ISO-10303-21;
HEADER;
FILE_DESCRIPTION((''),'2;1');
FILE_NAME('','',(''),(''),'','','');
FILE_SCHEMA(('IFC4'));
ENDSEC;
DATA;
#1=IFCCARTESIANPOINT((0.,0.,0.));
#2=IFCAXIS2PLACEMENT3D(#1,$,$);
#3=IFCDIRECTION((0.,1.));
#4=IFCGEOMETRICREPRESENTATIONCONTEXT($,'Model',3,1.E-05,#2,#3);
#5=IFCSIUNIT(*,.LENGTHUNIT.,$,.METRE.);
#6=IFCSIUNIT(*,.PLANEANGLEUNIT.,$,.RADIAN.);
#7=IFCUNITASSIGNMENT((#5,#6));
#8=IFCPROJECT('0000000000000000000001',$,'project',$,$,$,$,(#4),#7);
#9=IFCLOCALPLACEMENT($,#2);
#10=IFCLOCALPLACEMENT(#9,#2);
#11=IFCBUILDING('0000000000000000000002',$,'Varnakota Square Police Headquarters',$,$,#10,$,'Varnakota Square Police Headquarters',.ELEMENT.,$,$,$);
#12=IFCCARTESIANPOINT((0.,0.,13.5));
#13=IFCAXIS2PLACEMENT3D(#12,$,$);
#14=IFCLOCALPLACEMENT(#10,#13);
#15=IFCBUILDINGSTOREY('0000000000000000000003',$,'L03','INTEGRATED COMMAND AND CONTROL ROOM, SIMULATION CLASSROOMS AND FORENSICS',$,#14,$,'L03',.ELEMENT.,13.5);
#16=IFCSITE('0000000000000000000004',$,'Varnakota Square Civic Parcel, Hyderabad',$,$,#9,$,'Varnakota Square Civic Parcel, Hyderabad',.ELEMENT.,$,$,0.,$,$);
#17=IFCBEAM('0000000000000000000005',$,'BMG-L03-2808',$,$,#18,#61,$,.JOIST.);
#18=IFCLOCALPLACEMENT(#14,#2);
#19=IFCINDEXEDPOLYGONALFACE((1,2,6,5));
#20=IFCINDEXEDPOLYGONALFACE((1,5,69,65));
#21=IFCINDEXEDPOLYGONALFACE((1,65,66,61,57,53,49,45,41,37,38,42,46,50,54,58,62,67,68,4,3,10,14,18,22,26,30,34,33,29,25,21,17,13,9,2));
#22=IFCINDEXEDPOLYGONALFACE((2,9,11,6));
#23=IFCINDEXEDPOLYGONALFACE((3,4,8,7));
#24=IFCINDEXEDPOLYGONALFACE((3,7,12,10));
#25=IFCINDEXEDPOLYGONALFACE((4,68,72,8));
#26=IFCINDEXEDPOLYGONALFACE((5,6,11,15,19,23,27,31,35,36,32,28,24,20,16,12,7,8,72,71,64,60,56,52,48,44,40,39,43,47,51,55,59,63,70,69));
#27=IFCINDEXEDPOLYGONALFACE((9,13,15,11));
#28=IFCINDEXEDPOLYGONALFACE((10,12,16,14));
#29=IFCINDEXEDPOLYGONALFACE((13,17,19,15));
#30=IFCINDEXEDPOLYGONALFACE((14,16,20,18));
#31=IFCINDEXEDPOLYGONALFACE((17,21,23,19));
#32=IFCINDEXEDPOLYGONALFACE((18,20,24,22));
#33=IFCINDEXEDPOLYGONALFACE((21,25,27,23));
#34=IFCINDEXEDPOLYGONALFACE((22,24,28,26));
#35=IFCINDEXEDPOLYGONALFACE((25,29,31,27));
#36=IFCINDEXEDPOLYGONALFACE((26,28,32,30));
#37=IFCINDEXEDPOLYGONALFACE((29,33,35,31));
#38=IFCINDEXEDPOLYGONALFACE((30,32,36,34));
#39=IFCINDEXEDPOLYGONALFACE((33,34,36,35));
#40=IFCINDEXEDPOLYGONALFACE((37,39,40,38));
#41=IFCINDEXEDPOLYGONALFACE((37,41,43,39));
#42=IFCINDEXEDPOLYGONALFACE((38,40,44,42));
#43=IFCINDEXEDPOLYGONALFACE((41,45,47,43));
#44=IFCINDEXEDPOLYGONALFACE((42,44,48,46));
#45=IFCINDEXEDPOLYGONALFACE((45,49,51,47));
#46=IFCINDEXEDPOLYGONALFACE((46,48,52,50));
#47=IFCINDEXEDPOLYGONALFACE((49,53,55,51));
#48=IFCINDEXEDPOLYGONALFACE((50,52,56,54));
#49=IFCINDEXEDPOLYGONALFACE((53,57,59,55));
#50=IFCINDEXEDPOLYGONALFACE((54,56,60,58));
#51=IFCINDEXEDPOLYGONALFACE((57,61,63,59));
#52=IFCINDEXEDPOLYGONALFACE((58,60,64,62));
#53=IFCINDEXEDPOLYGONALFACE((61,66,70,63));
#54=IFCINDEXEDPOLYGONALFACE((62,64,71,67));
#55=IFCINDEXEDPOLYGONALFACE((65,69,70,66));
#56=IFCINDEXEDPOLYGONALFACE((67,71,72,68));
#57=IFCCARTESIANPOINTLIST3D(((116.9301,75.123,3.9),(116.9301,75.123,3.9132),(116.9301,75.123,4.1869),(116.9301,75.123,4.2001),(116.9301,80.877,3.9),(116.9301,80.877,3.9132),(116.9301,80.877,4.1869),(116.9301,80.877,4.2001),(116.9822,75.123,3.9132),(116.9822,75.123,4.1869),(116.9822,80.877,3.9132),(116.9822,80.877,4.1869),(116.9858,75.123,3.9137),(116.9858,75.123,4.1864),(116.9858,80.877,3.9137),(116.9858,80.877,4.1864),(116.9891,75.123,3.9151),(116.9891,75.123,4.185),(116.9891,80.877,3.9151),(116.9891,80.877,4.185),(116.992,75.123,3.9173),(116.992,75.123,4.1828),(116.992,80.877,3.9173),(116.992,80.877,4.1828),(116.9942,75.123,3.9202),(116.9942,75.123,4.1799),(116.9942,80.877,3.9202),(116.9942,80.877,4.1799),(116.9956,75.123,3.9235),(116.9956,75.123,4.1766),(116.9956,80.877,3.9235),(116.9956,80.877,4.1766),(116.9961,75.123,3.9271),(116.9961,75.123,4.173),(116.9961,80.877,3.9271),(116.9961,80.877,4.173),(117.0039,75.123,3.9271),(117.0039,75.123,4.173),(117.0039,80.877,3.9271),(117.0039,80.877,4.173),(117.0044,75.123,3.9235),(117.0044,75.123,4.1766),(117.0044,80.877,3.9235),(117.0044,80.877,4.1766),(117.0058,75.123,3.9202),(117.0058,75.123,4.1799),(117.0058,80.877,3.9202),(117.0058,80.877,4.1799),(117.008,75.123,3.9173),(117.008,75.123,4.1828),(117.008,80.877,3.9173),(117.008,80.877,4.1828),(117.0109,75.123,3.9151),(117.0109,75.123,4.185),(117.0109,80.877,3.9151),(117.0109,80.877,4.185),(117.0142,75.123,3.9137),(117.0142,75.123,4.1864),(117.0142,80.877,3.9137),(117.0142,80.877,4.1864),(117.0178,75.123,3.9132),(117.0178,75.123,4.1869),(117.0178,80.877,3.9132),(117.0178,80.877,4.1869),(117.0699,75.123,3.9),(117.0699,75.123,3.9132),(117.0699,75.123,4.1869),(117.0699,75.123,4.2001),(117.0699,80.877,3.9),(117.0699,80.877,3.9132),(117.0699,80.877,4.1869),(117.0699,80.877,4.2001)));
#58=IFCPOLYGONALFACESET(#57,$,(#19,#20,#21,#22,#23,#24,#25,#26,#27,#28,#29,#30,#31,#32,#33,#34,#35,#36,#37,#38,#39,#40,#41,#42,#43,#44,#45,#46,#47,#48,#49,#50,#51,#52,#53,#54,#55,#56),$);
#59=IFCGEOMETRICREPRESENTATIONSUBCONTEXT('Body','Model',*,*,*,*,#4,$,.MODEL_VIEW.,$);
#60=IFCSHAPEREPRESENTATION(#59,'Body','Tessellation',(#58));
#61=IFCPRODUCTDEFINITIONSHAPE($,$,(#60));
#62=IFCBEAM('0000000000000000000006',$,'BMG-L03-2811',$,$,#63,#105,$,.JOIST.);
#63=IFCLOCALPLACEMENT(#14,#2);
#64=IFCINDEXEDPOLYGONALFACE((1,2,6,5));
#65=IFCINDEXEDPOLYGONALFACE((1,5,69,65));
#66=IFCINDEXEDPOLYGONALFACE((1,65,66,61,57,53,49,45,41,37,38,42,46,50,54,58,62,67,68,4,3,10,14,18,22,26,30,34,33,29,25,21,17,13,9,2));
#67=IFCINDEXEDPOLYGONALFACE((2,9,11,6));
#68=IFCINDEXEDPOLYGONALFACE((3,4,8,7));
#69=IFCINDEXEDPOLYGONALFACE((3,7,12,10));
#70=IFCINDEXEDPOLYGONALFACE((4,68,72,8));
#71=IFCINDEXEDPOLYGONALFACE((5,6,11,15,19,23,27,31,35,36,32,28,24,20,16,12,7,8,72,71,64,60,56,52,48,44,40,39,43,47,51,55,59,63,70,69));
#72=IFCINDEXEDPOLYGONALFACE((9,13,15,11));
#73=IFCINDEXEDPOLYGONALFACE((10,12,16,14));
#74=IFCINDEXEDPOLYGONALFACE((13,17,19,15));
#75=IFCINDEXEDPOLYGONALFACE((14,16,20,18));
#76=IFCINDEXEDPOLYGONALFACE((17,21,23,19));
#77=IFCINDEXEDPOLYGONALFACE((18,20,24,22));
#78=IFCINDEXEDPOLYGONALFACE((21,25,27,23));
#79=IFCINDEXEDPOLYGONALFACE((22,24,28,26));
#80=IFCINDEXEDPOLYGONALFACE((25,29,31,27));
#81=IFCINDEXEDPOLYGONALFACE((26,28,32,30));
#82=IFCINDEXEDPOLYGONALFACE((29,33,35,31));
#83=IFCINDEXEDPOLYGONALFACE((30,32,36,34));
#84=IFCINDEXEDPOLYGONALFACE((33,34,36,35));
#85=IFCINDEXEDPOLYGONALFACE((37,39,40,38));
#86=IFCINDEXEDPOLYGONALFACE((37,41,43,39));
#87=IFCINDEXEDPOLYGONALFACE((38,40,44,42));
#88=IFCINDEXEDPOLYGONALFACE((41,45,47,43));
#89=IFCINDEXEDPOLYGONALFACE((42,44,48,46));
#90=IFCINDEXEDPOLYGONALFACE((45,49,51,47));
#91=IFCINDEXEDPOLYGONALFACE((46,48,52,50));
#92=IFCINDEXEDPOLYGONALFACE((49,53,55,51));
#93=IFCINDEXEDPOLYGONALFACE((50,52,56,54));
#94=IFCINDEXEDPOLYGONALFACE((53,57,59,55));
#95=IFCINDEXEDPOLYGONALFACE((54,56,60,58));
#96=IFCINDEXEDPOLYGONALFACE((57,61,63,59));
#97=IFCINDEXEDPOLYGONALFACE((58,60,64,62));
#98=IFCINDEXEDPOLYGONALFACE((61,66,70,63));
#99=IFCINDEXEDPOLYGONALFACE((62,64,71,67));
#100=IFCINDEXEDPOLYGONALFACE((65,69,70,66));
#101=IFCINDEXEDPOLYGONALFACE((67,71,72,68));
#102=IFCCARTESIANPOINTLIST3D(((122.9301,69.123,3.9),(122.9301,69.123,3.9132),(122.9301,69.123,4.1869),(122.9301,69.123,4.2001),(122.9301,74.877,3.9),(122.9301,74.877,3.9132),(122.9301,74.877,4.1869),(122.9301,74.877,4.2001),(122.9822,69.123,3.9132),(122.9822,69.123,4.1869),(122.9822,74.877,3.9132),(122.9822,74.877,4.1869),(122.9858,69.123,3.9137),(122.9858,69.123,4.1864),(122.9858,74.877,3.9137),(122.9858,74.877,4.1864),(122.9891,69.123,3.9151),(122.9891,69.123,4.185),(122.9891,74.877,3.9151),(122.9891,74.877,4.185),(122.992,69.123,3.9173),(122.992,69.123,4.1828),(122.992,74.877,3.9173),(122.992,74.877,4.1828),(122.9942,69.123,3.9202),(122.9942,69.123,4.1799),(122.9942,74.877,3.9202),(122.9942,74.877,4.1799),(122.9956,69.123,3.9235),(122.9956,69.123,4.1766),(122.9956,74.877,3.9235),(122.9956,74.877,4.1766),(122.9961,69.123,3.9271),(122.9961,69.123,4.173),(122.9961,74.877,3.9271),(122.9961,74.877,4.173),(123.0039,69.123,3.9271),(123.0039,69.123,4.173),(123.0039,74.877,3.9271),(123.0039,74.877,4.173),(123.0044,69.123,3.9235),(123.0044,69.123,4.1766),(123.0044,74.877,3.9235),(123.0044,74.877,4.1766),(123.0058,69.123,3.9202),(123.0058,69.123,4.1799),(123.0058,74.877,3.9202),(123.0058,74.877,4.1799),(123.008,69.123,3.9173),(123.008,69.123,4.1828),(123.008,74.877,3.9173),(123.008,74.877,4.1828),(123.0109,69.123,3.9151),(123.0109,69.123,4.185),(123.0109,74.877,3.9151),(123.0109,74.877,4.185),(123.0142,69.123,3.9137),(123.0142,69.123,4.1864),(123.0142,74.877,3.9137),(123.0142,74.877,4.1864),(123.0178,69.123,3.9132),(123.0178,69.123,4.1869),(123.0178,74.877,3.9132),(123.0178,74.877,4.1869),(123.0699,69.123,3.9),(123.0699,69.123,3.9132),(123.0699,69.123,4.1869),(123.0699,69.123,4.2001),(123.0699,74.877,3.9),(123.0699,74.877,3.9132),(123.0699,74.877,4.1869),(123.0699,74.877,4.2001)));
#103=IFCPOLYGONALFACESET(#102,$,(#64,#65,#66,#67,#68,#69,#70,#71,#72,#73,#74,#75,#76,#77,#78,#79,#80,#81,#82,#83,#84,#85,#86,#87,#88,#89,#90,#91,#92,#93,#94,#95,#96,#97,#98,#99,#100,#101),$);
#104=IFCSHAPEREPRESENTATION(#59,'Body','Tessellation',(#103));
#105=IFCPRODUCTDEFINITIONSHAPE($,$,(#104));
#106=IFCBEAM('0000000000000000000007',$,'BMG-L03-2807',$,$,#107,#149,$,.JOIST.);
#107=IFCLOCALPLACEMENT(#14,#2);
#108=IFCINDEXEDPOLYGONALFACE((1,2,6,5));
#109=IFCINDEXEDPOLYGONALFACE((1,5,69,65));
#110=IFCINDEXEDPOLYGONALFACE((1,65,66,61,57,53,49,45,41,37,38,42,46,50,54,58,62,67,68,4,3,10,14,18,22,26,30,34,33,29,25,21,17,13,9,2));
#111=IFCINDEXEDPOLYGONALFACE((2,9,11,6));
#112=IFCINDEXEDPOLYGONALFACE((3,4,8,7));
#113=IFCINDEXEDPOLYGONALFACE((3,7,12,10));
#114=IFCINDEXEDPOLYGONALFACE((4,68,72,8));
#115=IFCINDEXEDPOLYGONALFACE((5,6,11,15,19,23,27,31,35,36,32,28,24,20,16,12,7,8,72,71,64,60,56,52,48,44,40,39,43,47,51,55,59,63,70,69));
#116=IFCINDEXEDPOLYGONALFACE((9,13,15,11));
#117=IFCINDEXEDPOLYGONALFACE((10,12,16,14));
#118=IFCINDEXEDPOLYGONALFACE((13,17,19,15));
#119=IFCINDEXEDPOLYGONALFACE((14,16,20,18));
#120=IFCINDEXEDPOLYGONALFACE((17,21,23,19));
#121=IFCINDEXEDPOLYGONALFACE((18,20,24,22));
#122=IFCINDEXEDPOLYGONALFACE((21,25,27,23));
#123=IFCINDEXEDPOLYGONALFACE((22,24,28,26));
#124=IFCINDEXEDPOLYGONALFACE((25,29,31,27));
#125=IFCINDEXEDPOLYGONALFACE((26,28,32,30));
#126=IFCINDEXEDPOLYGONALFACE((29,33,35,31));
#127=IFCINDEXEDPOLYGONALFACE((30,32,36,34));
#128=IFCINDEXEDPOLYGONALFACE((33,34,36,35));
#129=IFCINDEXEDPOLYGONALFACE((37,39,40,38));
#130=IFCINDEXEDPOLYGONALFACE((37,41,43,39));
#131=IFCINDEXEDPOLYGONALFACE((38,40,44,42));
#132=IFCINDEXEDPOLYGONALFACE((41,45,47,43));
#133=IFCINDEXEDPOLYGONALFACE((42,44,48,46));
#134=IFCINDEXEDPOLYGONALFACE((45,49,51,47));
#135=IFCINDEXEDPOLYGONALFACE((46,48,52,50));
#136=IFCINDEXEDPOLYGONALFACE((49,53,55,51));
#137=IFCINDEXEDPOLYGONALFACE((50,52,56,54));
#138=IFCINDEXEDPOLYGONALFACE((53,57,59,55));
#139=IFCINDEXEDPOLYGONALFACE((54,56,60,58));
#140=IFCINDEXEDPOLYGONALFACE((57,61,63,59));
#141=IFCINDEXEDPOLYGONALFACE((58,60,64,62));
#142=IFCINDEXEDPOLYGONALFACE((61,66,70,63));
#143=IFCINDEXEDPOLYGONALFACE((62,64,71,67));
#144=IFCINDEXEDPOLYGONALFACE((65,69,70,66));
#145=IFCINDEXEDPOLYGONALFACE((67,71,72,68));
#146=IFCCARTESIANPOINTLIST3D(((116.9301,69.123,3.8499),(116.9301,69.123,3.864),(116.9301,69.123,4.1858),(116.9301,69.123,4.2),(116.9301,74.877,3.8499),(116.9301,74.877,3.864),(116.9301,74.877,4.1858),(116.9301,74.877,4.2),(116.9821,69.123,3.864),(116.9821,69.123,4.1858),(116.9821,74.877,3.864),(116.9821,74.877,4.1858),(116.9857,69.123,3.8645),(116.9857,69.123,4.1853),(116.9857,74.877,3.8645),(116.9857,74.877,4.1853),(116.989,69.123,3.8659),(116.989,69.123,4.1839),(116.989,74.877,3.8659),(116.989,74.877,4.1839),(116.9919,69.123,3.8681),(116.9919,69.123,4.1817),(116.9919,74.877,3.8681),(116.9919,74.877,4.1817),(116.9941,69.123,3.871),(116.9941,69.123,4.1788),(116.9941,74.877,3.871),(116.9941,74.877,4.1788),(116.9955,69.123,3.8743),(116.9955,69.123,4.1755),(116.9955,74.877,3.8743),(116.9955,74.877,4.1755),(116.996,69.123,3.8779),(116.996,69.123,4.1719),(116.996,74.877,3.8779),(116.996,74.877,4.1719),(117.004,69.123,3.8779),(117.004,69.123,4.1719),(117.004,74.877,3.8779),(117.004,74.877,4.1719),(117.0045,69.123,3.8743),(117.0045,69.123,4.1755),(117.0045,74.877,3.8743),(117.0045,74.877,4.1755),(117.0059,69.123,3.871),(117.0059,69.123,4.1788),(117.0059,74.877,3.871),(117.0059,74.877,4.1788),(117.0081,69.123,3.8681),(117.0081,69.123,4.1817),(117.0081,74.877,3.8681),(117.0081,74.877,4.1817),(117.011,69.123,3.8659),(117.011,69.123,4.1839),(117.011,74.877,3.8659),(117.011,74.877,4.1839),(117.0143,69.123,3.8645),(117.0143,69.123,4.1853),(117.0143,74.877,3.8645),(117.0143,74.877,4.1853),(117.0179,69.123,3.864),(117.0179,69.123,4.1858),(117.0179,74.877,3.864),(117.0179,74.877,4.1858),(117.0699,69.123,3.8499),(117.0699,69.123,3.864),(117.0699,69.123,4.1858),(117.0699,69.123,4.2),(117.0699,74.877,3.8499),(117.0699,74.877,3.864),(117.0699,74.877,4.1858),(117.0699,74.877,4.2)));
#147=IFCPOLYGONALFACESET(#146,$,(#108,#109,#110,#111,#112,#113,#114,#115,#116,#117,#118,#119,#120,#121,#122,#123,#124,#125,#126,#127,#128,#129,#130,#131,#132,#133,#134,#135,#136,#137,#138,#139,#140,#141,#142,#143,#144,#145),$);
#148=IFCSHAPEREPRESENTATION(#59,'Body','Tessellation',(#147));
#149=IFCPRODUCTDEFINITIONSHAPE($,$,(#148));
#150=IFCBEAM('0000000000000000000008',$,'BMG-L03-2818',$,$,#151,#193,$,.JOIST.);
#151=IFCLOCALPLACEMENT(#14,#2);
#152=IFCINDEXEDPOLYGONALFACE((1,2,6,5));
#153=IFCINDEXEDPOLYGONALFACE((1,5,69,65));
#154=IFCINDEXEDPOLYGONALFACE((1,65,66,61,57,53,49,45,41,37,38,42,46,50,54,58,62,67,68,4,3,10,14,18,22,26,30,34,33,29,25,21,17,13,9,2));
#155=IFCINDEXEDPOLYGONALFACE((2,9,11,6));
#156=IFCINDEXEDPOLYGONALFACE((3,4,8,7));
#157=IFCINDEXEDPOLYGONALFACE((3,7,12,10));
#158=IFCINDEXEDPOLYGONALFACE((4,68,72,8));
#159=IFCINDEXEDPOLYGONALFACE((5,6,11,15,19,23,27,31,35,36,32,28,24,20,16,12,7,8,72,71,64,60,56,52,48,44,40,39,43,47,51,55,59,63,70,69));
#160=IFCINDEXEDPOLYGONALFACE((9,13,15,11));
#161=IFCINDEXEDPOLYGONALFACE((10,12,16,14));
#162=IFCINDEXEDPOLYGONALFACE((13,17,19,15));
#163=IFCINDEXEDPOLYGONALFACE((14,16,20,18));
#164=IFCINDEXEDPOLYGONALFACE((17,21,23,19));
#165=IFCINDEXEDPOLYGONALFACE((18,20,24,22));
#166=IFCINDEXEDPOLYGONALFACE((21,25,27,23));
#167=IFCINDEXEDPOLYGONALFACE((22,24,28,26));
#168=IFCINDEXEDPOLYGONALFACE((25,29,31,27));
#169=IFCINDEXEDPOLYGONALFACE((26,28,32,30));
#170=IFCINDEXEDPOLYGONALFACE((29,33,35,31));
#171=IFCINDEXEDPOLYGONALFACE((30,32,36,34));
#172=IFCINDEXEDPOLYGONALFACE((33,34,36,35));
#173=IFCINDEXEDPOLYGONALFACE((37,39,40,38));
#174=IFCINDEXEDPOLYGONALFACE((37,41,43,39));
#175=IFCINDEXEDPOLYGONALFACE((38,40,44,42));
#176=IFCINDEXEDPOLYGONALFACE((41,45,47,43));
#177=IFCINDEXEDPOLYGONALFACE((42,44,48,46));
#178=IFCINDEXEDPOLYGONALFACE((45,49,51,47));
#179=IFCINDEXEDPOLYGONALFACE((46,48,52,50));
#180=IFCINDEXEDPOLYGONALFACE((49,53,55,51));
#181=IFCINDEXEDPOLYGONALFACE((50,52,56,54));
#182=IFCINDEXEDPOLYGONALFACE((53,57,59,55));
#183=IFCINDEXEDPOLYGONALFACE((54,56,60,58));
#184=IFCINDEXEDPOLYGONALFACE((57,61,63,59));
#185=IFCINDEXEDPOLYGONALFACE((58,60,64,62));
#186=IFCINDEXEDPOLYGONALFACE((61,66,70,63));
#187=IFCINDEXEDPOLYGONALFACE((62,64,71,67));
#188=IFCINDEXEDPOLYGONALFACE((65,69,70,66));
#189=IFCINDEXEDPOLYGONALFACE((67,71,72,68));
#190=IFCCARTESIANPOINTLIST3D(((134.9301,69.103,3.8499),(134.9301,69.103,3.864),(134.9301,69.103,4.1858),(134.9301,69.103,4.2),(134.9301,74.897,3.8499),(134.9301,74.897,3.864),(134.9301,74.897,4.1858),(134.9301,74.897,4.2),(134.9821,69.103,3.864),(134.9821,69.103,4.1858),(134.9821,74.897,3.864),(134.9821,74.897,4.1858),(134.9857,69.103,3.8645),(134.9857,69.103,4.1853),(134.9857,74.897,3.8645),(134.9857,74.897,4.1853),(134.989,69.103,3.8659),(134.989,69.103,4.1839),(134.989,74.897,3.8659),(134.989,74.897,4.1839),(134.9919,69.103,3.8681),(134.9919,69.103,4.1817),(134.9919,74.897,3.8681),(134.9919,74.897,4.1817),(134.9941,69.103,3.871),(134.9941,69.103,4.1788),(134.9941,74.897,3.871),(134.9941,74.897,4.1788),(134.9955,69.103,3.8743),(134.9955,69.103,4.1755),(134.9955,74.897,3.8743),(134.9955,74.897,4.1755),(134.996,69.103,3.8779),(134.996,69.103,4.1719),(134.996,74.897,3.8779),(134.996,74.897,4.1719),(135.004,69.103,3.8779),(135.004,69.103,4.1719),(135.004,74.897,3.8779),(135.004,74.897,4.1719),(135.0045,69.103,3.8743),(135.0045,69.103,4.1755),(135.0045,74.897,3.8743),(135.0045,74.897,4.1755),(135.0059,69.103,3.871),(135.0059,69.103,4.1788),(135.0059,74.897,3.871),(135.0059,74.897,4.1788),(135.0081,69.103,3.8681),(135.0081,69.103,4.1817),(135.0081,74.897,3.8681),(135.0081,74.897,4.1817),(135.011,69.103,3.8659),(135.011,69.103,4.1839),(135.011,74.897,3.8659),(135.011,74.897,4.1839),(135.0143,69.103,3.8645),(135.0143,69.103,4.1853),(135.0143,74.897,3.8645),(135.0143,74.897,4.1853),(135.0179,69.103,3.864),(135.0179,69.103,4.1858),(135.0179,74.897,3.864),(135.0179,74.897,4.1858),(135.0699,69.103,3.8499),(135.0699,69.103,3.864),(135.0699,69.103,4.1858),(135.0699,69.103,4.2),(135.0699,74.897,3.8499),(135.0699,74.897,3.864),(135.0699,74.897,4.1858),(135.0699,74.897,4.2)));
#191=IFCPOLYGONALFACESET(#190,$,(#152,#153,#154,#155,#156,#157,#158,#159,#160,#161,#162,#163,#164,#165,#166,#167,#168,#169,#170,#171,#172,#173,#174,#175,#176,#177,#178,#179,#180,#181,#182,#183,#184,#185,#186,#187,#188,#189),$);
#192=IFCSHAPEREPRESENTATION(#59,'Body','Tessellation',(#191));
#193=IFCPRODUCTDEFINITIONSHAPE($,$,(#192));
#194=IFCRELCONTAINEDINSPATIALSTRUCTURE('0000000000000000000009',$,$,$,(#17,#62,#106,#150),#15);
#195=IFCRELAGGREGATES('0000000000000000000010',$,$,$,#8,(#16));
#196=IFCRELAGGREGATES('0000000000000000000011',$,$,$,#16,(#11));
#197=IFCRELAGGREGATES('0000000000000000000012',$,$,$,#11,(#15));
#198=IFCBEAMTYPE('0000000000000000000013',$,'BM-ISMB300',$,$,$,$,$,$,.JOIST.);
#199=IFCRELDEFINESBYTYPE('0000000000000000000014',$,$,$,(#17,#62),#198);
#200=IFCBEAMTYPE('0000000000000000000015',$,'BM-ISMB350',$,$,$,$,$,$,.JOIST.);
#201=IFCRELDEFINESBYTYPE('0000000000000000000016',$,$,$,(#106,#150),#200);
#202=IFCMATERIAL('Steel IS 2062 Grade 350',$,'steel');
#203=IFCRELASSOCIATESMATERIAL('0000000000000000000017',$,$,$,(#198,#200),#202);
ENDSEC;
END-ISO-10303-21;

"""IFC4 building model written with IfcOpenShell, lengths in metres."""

from ifc_helpers import new_model, si_unit, direction, frame, origin, origin_2d, place, context, subcontext, project, spatial, i_section, extrude, material, material_profile, profile_set, type_object, element, save


model = new_model("IFC4")

# Units and contexts
model_context = context("Model", 3, precision=1e-05, world=origin(), true_north=direction((0.0, 1.0)))
body_context = subcontext(model_context, "Body", "Model", "MODEL_VIEW")
ifc_project = project(units=[si_unit("LENGTHUNIT", "METRE"), si_unit("PLANEANGLEUNIT", "RADIAN")], contexts=[model_context])

# Site, building, storey
site_placement = place(None, origin())
site = spatial("IfcSite", under=ifc_project, at=site_placement, Name="Varnakota Square Civic Parcel, Hyderabad", LongName="Varnakota Square Civic Parcel, Hyderabad", CompositionType="ELEMENT", RefElevation=0.0)
building_placement = place(site_placement, origin())
building = spatial("IfcBuilding", under=site, at=building_placement, Name="Varnakota Square Police Headquarters", LongName="Varnakota Square Police Headquarters", CompositionType="ELEMENT")
storey_placement = place(building_placement, frame((0.0, 0.0, 13.5)))
storey = spatial("IfcBuildingStorey", under=building, at=storey_placement, Name="L03", Description="INTEGRATED COMMAND AND CONTROL ROOM, SIMULATION CLASSROOMS AND FORENSICS", LongName="L03", CompositionType="ELEMENT", Elevation=13.5)

# Shared definitions
ifc_material_1 = material(Name="Steel IS 2062 Grade 350", Category="steel")

# Beams
ifc_material_profile_1 = material_profile(ifc_material_1, i_section(OverallWidth=0.1399, OverallDepth=0.3, WebThickness=0.0078, FlangeThickness=0.0132, FilletRadius=0.0139, at=origin_2d()), Name="ISMB 300")
ifc_profile_set_1 = profile_set([ifc_material_profile_1], Name="Steel IS 2062 Grade 350")
beam_type_1 = type_object("IfcBeamType", Name="BM-ISMB300", PredefinedType="JOIST", material=ifc_profile_set_1)
for number, where, z_axis, x_axis, name in (
    (1, (117.0, 75.123, 4.05), (0.0, 1.0, 0.0), (-1.0, 0.0, 0.0), "BMG-L03-2808"),
    (2, (123.0, 69.123, 4.05), (0.0, 1.0, 0.0), (-1.0, 0.0, 0.0), "BMG-L03-2811"),
):
    element("IfcBeam", number, at=place(storey_placement, frame(where, z_axis=z_axis, x_axis=x_axis)), inside=storey, type_object=beam_type_1, Name=name, PredefinedType="JOIST", context=body_context, shape_type="SweptSolid", body=[
        extrude(i_section(OverallWidth=0.1399, OverallDepth=0.3, WebThickness=0.0078, FlangeThickness=0.0132, FilletRadius=0.0139, at=origin_2d()), origin(), (0.0, 0.0, 1.0), 5.7539),
    ])
ifc_material_profile_2 = material_profile(ifc_material_1, i_section(OverallWidth=0.1399, OverallDepth=0.3501, WebThickness=0.0081, FlangeThickness=0.0142, FilletRadius=0.0139, at=origin_2d()), Name="ISMB 350")
ifc_profile_set_2 = profile_set([ifc_material_profile_2], Name="Steel IS 2062 Grade 350")
beam_type_2 = type_object("IfcBeamType", Name="BM-ISMB350", PredefinedType="JOIST", material=ifc_profile_set_2)
beam_1_placement = place(storey_placement, frame((117.0, 69.123, 4.0249), z_axis=(0.0, 1.0, 0.0), x_axis=(-1.0, 0.0, 0.0)))
element("IfcBeam", 3, at=beam_1_placement, inside=storey, type_object=beam_type_2, Name="BMG-L03-2807", PredefinedType="JOIST", context=body_context, shape_type="SweptSolid", body=[
    extrude(i_section(OverallWidth=0.1399, OverallDepth=0.3501, WebThickness=0.0081, FlangeThickness=0.0142, FilletRadius=0.0139, at=origin_2d()), origin(), (0.0, 0.0, 1.0), 5.7539),
])
beam_2_placement = place(storey_placement, frame((135.0, 69.103, 4.0249), z_axis=(0.0, 1.0, 0.0), x_axis=(-1.0, 0.0, 0.0)))
element("IfcBeam", 4, at=beam_2_placement, inside=storey, type_object=beam_type_2, Name="BMG-L03-2818", PredefinedType="JOIST", context=body_context, shape_type="SweptSolid", body=[
    extrude(i_section(OverallWidth=0.1399, OverallDepth=0.3501, WebThickness=0.0081, FlangeThickness=0.0142, FilletRadius=0.0139, at=origin_2d()), origin(), (0.0, 0.0, 1.0), 5.7939),
])

save(model, "model.ifc")
